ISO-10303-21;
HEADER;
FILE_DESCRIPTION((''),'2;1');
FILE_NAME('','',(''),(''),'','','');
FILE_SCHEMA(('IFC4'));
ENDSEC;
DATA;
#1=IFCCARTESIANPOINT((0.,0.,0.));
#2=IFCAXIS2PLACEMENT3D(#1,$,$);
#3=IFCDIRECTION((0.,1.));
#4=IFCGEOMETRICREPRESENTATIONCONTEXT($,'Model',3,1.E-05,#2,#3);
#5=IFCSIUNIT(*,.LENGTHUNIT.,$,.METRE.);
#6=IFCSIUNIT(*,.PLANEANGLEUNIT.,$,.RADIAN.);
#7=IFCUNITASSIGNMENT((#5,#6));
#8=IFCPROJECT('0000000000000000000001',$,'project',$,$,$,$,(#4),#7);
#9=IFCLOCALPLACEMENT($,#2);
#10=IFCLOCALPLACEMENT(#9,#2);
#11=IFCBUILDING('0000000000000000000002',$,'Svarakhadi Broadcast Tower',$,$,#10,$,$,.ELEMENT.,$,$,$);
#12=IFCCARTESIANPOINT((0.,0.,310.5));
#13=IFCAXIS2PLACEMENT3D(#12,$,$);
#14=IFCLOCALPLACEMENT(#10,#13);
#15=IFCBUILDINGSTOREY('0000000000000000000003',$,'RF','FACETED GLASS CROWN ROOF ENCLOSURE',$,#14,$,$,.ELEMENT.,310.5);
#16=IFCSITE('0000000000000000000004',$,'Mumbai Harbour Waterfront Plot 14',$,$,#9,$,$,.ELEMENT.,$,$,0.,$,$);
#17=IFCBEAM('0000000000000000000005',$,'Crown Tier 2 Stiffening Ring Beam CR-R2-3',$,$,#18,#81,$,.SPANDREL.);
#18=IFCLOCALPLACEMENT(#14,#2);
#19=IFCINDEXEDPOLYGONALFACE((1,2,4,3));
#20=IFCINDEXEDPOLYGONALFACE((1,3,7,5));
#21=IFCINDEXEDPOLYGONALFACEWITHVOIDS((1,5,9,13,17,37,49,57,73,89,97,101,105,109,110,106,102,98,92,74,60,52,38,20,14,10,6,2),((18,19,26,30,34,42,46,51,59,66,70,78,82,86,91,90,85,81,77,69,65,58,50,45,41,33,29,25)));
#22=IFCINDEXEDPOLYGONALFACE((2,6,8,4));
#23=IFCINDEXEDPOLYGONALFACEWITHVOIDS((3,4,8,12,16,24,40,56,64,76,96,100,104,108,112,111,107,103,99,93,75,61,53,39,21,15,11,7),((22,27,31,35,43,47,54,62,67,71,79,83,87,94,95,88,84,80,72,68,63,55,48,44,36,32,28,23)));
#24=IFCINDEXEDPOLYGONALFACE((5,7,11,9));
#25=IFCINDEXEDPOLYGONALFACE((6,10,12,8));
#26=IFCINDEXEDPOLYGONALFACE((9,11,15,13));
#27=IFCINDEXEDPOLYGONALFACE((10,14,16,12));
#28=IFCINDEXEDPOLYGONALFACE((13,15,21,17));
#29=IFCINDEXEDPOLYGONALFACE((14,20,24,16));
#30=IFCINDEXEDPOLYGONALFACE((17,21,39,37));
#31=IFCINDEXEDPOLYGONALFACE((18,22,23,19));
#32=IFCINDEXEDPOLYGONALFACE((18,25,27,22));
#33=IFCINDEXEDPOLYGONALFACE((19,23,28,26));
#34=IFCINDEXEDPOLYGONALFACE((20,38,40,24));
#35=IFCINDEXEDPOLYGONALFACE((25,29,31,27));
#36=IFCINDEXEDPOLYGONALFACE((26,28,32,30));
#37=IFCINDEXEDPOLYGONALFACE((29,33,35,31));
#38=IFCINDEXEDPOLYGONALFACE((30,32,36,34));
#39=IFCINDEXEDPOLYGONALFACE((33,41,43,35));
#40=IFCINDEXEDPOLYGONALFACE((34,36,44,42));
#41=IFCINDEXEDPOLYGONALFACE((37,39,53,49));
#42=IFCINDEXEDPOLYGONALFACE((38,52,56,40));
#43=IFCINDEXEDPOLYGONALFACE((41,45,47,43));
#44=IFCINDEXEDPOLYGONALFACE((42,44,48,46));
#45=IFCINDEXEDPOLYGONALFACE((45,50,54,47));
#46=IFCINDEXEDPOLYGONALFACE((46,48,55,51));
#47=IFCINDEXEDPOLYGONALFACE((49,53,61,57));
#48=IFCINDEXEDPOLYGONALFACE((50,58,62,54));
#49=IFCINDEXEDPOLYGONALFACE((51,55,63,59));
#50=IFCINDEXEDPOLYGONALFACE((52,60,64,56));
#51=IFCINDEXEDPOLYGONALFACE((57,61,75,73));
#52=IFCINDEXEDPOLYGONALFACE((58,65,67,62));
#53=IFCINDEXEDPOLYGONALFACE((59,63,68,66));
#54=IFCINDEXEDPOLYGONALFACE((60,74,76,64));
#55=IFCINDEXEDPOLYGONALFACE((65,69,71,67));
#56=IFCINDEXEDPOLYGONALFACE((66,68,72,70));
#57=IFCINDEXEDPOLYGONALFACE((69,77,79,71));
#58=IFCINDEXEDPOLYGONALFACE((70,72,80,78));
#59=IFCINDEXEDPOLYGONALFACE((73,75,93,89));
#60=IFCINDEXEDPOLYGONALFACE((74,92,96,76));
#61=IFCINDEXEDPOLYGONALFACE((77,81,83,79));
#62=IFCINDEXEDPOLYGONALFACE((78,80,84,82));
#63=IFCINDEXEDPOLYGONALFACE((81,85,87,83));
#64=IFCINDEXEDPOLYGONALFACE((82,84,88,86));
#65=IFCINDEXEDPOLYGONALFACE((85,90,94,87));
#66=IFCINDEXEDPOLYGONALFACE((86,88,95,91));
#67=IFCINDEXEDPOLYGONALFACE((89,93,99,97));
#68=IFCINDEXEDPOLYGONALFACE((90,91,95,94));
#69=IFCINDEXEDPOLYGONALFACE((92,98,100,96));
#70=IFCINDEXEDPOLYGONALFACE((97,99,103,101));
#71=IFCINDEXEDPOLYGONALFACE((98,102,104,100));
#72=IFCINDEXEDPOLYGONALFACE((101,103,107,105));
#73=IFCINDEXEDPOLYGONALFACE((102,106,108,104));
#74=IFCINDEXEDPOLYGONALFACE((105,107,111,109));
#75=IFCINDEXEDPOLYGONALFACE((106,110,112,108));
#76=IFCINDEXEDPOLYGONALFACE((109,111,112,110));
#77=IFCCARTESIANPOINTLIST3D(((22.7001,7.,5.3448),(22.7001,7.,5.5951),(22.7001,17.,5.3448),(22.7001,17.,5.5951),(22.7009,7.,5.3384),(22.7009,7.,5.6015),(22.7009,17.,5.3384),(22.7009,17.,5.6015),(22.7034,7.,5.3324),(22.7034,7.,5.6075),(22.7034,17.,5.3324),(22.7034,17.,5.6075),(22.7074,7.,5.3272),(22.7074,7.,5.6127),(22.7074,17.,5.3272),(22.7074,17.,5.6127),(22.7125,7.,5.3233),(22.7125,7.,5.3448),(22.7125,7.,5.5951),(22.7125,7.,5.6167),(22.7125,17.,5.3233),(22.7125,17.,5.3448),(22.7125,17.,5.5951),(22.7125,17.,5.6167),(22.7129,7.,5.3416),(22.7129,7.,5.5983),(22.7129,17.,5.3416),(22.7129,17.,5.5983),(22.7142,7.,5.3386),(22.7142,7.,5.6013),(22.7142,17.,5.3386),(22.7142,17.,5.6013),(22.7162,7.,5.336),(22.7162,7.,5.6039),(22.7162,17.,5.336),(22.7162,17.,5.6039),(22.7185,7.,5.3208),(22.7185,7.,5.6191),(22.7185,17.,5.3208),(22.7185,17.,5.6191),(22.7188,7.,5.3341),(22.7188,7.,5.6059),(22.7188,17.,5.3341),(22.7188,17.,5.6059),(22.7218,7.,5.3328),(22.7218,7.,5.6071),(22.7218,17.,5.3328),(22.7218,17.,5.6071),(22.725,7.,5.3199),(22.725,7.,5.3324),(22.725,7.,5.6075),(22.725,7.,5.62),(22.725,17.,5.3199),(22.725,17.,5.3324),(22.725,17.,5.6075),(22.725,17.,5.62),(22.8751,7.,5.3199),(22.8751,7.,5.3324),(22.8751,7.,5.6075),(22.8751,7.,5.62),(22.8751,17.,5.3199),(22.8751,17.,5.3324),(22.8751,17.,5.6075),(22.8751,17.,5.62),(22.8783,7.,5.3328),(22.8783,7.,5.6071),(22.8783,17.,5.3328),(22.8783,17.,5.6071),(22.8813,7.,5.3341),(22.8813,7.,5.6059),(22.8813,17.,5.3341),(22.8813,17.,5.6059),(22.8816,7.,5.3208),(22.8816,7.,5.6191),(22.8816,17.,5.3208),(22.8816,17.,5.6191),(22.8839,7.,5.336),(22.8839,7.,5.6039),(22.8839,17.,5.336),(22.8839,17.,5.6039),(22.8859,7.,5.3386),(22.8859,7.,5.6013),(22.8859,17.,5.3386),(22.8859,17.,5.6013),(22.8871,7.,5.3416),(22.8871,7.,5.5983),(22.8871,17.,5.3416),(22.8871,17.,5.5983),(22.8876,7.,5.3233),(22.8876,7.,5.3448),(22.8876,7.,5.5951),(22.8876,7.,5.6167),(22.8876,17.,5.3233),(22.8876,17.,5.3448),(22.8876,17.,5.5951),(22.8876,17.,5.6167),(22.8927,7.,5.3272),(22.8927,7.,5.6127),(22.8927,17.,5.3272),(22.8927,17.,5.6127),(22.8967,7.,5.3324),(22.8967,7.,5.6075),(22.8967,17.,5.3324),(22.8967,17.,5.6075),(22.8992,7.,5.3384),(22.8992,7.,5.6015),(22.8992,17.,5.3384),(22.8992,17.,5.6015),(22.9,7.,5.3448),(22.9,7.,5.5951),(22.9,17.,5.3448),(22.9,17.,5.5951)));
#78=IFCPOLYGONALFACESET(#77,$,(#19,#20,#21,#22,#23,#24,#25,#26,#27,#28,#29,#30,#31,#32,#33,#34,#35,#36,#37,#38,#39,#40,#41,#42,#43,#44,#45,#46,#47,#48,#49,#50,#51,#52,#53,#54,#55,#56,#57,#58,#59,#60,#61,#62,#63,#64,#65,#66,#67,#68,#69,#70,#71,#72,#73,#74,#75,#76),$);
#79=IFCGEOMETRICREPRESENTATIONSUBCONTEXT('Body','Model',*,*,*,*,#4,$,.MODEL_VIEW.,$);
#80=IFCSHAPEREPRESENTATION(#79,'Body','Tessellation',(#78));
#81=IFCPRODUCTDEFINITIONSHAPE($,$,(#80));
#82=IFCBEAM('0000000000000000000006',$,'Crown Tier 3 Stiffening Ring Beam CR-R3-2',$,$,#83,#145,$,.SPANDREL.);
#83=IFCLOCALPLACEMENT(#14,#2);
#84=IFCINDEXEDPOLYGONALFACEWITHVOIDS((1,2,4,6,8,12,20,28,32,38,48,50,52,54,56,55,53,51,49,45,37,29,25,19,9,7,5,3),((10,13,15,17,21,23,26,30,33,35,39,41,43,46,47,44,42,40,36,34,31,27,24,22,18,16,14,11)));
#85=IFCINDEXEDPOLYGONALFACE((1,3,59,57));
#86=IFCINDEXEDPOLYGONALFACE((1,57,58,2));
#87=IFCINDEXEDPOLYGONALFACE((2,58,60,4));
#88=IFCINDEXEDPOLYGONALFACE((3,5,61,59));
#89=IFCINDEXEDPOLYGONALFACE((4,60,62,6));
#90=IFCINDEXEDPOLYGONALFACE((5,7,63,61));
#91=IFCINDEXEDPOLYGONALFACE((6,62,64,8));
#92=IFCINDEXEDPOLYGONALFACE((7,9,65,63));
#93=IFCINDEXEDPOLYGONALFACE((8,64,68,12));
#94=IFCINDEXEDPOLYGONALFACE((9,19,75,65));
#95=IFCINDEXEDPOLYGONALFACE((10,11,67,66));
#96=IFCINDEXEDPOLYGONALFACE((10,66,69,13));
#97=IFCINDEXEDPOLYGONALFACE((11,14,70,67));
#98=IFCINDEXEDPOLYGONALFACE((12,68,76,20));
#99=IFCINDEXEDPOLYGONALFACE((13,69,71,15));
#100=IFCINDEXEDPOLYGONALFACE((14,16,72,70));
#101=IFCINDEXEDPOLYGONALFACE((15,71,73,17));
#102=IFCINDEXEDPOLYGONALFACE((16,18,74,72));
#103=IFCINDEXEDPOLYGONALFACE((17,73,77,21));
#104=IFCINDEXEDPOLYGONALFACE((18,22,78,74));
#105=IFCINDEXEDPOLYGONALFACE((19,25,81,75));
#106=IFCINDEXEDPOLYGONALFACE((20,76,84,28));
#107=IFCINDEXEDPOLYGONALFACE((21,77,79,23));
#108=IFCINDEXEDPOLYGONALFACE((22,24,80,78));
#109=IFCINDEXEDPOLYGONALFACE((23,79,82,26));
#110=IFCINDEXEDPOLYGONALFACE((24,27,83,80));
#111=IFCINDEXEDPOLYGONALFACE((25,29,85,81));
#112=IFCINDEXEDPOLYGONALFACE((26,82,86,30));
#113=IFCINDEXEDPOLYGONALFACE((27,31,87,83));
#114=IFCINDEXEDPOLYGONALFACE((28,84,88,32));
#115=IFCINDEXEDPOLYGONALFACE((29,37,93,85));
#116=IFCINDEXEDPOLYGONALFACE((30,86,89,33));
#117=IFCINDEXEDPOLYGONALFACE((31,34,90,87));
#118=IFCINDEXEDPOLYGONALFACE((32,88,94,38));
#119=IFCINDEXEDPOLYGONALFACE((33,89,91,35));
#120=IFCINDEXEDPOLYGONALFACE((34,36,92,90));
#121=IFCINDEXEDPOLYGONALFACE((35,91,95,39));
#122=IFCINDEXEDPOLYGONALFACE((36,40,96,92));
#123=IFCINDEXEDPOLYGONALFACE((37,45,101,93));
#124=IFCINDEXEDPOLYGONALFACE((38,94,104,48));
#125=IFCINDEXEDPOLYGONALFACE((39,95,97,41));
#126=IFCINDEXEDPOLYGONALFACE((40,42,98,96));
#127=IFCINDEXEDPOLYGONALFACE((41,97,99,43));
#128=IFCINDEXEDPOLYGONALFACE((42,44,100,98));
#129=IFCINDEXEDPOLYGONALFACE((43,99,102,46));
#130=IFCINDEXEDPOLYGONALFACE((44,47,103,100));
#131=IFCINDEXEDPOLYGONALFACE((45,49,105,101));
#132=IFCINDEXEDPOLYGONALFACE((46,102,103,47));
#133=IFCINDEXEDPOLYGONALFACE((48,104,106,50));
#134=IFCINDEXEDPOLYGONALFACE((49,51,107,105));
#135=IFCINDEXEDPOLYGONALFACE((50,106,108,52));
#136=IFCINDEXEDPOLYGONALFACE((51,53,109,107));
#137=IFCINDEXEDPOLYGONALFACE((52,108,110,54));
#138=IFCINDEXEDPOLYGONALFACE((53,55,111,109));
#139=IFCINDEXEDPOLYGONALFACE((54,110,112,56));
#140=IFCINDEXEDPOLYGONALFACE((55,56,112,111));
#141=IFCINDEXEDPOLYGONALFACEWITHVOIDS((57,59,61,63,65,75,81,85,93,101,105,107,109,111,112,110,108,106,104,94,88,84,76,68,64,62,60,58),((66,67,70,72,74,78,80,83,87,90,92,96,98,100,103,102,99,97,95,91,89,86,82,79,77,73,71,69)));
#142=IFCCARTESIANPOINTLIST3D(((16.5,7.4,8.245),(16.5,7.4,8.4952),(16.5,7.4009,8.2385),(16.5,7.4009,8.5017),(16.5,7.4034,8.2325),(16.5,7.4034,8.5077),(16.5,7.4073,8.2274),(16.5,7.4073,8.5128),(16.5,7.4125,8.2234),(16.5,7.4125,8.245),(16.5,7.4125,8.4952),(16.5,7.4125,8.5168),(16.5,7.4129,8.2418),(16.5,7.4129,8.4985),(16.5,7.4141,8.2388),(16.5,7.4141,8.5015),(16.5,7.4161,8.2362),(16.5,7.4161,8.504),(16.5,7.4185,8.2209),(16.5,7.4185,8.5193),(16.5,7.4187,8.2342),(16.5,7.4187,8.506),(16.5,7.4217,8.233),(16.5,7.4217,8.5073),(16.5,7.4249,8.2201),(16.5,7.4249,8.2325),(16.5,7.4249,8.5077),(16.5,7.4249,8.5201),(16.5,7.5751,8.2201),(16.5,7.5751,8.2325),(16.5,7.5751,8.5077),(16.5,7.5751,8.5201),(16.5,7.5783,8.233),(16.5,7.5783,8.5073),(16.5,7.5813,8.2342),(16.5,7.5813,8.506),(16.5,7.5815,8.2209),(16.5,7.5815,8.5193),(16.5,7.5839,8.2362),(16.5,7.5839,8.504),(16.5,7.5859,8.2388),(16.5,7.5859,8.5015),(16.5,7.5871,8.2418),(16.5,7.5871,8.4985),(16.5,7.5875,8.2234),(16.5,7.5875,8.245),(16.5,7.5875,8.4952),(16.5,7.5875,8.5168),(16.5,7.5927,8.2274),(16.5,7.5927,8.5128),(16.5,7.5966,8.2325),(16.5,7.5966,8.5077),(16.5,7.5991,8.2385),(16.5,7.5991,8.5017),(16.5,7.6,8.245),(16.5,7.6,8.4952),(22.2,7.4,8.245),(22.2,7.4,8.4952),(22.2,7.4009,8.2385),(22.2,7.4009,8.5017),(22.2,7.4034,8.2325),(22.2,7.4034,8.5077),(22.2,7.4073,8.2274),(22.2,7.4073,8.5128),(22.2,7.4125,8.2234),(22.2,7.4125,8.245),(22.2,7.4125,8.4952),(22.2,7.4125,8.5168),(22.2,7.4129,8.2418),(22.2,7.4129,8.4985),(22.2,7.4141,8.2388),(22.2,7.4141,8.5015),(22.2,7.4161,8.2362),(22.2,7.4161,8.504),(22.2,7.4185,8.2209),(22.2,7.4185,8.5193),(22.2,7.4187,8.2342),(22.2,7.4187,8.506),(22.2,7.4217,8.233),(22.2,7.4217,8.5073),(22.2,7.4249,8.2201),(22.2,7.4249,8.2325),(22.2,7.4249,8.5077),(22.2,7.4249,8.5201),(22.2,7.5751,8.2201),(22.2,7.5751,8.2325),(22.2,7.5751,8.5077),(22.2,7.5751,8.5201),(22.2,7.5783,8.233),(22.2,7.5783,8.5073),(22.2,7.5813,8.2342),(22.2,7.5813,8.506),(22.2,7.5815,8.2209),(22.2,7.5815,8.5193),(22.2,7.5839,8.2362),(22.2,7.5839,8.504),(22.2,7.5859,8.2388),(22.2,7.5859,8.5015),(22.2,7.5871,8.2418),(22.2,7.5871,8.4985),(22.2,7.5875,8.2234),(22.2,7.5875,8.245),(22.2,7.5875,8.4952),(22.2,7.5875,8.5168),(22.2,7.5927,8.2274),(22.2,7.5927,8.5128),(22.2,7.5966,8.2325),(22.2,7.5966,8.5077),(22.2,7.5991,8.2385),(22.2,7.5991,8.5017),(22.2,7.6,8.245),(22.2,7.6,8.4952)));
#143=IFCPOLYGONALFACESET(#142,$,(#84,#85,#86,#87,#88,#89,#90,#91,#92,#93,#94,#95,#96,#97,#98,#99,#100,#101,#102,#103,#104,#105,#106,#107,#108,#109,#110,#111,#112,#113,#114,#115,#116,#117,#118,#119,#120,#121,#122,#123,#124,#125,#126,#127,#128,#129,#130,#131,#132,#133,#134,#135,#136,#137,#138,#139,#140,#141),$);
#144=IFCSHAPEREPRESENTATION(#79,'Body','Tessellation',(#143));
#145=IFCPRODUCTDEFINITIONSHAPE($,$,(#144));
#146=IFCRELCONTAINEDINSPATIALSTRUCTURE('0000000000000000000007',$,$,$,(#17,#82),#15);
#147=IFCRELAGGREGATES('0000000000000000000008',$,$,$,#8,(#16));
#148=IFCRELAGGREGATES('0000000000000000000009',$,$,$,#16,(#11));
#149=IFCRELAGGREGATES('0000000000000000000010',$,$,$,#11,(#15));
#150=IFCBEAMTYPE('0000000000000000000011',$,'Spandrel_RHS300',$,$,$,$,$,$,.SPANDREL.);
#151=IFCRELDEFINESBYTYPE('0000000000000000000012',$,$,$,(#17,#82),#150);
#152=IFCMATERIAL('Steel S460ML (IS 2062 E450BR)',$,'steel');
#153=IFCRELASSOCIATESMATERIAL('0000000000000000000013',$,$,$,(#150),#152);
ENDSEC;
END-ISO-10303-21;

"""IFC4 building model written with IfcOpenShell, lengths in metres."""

from ifc_helpers import new_model, si_unit, direction, frame, origin, origin_2d, place, context, subcontext, project, spatial, hollow_rectangle, extrude, material, material_profile, profile_set, type_object, element, save


model = new_model("IFC4")

# Units and contexts
model_context = context("Model", 3, precision=1e-05, world=origin(), true_north=direction((0.0, 1.0)))
body_context = subcontext(model_context, "Body", "Model", "MODEL_VIEW")
ifc_project = project(units=[si_unit("LENGTHUNIT", "METRE"), si_unit("PLANEANGLEUNIT", "RADIAN")], contexts=[model_context])

# Site, building, storey
site_placement = place(None, origin())
site = spatial("IfcSite", under=ifc_project, at=site_placement, Name="Mumbai Harbour Waterfront Plot 14", CompositionType="ELEMENT", RefElevation=0.0)
building_placement = place(site_placement, origin())
building = spatial("IfcBuilding", under=site, at=building_placement, Name="Svarakhadi Broadcast Tower", CompositionType="ELEMENT")
storey_placement = place(building_placement, frame((0.0, 0.0, 310.5)))
storey = spatial("IfcBuildingStorey", under=building, at=storey_placement, Name="RF", Description="FACETED GLASS CROWN ROOF ENCLOSURE", CompositionType="ELEMENT", Elevation=310.5)

# Shared definitions
ifc_material_1 = material(Name="Steel S460ML (IS 2062 E450BR)", Category="steel")

# Beams
ifc_material_profile_1 = material_profile(ifc_material_1, hollow_rectangle(XDim=0.2, YDim=0.3, WallThickness=0.0125, InnerFilletRadius=0.0125, OuterFilletRadius=0.0249, at=origin_2d()), Name="RHS 300x200x12.5")
ifc_profile_set_1 = profile_set([ifc_material_profile_1], Name="Steel S460ML (IS 2062 E450BR)")
beam_type_1 = type_object("IfcBeamType", Name="Spandrel_RHS300", PredefinedType="SPANDREL", material=ifc_profile_set_1)
beam_1_placement = place(storey_placement, frame((22.8, 7.0, 5.47), z_axis=(0.0, 1.0, 0.0), x_axis=(-1.0, 0.0, 0.0)))
element("IfcBeam", 1, at=beam_1_placement, inside=storey, type_object=beam_type_1, Name="Crown Tier 2 Stiffening Ring Beam CR-R2-3", PredefinedType="SPANDREL", context=body_context, shape_type="SweptSolid", body=[
    extrude(hollow_rectangle(XDim=0.2, YDim=0.3, WallThickness=0.0125, InnerFilletRadius=0.0125, OuterFilletRadius=0.0249, at=origin_2d()), origin(), (0.0, 0.0, 1.0), 10.0),
])
beam_2_placement = place(storey_placement, frame((16.5, 7.5, 8.3701), z_axis=(1.0, 0.0, 0.0), x_axis=(0.0, 1.0, 0.0)))
element("IfcBeam", 2, at=beam_2_placement, inside=storey, type_object=beam_type_1, Name="Crown Tier 3 Stiffening Ring Beam CR-R3-2", PredefinedType="SPANDREL", context=body_context, shape_type="SweptSolid", body=[
    extrude(hollow_rectangle(XDim=0.2, YDim=0.3, WallThickness=0.0125, InnerFilletRadius=0.0125, OuterFilletRadius=0.0249, at=origin_2d()), origin(), (0.0, 0.0, 1.0), 5.7),
])

save(model, "model.ifc")
